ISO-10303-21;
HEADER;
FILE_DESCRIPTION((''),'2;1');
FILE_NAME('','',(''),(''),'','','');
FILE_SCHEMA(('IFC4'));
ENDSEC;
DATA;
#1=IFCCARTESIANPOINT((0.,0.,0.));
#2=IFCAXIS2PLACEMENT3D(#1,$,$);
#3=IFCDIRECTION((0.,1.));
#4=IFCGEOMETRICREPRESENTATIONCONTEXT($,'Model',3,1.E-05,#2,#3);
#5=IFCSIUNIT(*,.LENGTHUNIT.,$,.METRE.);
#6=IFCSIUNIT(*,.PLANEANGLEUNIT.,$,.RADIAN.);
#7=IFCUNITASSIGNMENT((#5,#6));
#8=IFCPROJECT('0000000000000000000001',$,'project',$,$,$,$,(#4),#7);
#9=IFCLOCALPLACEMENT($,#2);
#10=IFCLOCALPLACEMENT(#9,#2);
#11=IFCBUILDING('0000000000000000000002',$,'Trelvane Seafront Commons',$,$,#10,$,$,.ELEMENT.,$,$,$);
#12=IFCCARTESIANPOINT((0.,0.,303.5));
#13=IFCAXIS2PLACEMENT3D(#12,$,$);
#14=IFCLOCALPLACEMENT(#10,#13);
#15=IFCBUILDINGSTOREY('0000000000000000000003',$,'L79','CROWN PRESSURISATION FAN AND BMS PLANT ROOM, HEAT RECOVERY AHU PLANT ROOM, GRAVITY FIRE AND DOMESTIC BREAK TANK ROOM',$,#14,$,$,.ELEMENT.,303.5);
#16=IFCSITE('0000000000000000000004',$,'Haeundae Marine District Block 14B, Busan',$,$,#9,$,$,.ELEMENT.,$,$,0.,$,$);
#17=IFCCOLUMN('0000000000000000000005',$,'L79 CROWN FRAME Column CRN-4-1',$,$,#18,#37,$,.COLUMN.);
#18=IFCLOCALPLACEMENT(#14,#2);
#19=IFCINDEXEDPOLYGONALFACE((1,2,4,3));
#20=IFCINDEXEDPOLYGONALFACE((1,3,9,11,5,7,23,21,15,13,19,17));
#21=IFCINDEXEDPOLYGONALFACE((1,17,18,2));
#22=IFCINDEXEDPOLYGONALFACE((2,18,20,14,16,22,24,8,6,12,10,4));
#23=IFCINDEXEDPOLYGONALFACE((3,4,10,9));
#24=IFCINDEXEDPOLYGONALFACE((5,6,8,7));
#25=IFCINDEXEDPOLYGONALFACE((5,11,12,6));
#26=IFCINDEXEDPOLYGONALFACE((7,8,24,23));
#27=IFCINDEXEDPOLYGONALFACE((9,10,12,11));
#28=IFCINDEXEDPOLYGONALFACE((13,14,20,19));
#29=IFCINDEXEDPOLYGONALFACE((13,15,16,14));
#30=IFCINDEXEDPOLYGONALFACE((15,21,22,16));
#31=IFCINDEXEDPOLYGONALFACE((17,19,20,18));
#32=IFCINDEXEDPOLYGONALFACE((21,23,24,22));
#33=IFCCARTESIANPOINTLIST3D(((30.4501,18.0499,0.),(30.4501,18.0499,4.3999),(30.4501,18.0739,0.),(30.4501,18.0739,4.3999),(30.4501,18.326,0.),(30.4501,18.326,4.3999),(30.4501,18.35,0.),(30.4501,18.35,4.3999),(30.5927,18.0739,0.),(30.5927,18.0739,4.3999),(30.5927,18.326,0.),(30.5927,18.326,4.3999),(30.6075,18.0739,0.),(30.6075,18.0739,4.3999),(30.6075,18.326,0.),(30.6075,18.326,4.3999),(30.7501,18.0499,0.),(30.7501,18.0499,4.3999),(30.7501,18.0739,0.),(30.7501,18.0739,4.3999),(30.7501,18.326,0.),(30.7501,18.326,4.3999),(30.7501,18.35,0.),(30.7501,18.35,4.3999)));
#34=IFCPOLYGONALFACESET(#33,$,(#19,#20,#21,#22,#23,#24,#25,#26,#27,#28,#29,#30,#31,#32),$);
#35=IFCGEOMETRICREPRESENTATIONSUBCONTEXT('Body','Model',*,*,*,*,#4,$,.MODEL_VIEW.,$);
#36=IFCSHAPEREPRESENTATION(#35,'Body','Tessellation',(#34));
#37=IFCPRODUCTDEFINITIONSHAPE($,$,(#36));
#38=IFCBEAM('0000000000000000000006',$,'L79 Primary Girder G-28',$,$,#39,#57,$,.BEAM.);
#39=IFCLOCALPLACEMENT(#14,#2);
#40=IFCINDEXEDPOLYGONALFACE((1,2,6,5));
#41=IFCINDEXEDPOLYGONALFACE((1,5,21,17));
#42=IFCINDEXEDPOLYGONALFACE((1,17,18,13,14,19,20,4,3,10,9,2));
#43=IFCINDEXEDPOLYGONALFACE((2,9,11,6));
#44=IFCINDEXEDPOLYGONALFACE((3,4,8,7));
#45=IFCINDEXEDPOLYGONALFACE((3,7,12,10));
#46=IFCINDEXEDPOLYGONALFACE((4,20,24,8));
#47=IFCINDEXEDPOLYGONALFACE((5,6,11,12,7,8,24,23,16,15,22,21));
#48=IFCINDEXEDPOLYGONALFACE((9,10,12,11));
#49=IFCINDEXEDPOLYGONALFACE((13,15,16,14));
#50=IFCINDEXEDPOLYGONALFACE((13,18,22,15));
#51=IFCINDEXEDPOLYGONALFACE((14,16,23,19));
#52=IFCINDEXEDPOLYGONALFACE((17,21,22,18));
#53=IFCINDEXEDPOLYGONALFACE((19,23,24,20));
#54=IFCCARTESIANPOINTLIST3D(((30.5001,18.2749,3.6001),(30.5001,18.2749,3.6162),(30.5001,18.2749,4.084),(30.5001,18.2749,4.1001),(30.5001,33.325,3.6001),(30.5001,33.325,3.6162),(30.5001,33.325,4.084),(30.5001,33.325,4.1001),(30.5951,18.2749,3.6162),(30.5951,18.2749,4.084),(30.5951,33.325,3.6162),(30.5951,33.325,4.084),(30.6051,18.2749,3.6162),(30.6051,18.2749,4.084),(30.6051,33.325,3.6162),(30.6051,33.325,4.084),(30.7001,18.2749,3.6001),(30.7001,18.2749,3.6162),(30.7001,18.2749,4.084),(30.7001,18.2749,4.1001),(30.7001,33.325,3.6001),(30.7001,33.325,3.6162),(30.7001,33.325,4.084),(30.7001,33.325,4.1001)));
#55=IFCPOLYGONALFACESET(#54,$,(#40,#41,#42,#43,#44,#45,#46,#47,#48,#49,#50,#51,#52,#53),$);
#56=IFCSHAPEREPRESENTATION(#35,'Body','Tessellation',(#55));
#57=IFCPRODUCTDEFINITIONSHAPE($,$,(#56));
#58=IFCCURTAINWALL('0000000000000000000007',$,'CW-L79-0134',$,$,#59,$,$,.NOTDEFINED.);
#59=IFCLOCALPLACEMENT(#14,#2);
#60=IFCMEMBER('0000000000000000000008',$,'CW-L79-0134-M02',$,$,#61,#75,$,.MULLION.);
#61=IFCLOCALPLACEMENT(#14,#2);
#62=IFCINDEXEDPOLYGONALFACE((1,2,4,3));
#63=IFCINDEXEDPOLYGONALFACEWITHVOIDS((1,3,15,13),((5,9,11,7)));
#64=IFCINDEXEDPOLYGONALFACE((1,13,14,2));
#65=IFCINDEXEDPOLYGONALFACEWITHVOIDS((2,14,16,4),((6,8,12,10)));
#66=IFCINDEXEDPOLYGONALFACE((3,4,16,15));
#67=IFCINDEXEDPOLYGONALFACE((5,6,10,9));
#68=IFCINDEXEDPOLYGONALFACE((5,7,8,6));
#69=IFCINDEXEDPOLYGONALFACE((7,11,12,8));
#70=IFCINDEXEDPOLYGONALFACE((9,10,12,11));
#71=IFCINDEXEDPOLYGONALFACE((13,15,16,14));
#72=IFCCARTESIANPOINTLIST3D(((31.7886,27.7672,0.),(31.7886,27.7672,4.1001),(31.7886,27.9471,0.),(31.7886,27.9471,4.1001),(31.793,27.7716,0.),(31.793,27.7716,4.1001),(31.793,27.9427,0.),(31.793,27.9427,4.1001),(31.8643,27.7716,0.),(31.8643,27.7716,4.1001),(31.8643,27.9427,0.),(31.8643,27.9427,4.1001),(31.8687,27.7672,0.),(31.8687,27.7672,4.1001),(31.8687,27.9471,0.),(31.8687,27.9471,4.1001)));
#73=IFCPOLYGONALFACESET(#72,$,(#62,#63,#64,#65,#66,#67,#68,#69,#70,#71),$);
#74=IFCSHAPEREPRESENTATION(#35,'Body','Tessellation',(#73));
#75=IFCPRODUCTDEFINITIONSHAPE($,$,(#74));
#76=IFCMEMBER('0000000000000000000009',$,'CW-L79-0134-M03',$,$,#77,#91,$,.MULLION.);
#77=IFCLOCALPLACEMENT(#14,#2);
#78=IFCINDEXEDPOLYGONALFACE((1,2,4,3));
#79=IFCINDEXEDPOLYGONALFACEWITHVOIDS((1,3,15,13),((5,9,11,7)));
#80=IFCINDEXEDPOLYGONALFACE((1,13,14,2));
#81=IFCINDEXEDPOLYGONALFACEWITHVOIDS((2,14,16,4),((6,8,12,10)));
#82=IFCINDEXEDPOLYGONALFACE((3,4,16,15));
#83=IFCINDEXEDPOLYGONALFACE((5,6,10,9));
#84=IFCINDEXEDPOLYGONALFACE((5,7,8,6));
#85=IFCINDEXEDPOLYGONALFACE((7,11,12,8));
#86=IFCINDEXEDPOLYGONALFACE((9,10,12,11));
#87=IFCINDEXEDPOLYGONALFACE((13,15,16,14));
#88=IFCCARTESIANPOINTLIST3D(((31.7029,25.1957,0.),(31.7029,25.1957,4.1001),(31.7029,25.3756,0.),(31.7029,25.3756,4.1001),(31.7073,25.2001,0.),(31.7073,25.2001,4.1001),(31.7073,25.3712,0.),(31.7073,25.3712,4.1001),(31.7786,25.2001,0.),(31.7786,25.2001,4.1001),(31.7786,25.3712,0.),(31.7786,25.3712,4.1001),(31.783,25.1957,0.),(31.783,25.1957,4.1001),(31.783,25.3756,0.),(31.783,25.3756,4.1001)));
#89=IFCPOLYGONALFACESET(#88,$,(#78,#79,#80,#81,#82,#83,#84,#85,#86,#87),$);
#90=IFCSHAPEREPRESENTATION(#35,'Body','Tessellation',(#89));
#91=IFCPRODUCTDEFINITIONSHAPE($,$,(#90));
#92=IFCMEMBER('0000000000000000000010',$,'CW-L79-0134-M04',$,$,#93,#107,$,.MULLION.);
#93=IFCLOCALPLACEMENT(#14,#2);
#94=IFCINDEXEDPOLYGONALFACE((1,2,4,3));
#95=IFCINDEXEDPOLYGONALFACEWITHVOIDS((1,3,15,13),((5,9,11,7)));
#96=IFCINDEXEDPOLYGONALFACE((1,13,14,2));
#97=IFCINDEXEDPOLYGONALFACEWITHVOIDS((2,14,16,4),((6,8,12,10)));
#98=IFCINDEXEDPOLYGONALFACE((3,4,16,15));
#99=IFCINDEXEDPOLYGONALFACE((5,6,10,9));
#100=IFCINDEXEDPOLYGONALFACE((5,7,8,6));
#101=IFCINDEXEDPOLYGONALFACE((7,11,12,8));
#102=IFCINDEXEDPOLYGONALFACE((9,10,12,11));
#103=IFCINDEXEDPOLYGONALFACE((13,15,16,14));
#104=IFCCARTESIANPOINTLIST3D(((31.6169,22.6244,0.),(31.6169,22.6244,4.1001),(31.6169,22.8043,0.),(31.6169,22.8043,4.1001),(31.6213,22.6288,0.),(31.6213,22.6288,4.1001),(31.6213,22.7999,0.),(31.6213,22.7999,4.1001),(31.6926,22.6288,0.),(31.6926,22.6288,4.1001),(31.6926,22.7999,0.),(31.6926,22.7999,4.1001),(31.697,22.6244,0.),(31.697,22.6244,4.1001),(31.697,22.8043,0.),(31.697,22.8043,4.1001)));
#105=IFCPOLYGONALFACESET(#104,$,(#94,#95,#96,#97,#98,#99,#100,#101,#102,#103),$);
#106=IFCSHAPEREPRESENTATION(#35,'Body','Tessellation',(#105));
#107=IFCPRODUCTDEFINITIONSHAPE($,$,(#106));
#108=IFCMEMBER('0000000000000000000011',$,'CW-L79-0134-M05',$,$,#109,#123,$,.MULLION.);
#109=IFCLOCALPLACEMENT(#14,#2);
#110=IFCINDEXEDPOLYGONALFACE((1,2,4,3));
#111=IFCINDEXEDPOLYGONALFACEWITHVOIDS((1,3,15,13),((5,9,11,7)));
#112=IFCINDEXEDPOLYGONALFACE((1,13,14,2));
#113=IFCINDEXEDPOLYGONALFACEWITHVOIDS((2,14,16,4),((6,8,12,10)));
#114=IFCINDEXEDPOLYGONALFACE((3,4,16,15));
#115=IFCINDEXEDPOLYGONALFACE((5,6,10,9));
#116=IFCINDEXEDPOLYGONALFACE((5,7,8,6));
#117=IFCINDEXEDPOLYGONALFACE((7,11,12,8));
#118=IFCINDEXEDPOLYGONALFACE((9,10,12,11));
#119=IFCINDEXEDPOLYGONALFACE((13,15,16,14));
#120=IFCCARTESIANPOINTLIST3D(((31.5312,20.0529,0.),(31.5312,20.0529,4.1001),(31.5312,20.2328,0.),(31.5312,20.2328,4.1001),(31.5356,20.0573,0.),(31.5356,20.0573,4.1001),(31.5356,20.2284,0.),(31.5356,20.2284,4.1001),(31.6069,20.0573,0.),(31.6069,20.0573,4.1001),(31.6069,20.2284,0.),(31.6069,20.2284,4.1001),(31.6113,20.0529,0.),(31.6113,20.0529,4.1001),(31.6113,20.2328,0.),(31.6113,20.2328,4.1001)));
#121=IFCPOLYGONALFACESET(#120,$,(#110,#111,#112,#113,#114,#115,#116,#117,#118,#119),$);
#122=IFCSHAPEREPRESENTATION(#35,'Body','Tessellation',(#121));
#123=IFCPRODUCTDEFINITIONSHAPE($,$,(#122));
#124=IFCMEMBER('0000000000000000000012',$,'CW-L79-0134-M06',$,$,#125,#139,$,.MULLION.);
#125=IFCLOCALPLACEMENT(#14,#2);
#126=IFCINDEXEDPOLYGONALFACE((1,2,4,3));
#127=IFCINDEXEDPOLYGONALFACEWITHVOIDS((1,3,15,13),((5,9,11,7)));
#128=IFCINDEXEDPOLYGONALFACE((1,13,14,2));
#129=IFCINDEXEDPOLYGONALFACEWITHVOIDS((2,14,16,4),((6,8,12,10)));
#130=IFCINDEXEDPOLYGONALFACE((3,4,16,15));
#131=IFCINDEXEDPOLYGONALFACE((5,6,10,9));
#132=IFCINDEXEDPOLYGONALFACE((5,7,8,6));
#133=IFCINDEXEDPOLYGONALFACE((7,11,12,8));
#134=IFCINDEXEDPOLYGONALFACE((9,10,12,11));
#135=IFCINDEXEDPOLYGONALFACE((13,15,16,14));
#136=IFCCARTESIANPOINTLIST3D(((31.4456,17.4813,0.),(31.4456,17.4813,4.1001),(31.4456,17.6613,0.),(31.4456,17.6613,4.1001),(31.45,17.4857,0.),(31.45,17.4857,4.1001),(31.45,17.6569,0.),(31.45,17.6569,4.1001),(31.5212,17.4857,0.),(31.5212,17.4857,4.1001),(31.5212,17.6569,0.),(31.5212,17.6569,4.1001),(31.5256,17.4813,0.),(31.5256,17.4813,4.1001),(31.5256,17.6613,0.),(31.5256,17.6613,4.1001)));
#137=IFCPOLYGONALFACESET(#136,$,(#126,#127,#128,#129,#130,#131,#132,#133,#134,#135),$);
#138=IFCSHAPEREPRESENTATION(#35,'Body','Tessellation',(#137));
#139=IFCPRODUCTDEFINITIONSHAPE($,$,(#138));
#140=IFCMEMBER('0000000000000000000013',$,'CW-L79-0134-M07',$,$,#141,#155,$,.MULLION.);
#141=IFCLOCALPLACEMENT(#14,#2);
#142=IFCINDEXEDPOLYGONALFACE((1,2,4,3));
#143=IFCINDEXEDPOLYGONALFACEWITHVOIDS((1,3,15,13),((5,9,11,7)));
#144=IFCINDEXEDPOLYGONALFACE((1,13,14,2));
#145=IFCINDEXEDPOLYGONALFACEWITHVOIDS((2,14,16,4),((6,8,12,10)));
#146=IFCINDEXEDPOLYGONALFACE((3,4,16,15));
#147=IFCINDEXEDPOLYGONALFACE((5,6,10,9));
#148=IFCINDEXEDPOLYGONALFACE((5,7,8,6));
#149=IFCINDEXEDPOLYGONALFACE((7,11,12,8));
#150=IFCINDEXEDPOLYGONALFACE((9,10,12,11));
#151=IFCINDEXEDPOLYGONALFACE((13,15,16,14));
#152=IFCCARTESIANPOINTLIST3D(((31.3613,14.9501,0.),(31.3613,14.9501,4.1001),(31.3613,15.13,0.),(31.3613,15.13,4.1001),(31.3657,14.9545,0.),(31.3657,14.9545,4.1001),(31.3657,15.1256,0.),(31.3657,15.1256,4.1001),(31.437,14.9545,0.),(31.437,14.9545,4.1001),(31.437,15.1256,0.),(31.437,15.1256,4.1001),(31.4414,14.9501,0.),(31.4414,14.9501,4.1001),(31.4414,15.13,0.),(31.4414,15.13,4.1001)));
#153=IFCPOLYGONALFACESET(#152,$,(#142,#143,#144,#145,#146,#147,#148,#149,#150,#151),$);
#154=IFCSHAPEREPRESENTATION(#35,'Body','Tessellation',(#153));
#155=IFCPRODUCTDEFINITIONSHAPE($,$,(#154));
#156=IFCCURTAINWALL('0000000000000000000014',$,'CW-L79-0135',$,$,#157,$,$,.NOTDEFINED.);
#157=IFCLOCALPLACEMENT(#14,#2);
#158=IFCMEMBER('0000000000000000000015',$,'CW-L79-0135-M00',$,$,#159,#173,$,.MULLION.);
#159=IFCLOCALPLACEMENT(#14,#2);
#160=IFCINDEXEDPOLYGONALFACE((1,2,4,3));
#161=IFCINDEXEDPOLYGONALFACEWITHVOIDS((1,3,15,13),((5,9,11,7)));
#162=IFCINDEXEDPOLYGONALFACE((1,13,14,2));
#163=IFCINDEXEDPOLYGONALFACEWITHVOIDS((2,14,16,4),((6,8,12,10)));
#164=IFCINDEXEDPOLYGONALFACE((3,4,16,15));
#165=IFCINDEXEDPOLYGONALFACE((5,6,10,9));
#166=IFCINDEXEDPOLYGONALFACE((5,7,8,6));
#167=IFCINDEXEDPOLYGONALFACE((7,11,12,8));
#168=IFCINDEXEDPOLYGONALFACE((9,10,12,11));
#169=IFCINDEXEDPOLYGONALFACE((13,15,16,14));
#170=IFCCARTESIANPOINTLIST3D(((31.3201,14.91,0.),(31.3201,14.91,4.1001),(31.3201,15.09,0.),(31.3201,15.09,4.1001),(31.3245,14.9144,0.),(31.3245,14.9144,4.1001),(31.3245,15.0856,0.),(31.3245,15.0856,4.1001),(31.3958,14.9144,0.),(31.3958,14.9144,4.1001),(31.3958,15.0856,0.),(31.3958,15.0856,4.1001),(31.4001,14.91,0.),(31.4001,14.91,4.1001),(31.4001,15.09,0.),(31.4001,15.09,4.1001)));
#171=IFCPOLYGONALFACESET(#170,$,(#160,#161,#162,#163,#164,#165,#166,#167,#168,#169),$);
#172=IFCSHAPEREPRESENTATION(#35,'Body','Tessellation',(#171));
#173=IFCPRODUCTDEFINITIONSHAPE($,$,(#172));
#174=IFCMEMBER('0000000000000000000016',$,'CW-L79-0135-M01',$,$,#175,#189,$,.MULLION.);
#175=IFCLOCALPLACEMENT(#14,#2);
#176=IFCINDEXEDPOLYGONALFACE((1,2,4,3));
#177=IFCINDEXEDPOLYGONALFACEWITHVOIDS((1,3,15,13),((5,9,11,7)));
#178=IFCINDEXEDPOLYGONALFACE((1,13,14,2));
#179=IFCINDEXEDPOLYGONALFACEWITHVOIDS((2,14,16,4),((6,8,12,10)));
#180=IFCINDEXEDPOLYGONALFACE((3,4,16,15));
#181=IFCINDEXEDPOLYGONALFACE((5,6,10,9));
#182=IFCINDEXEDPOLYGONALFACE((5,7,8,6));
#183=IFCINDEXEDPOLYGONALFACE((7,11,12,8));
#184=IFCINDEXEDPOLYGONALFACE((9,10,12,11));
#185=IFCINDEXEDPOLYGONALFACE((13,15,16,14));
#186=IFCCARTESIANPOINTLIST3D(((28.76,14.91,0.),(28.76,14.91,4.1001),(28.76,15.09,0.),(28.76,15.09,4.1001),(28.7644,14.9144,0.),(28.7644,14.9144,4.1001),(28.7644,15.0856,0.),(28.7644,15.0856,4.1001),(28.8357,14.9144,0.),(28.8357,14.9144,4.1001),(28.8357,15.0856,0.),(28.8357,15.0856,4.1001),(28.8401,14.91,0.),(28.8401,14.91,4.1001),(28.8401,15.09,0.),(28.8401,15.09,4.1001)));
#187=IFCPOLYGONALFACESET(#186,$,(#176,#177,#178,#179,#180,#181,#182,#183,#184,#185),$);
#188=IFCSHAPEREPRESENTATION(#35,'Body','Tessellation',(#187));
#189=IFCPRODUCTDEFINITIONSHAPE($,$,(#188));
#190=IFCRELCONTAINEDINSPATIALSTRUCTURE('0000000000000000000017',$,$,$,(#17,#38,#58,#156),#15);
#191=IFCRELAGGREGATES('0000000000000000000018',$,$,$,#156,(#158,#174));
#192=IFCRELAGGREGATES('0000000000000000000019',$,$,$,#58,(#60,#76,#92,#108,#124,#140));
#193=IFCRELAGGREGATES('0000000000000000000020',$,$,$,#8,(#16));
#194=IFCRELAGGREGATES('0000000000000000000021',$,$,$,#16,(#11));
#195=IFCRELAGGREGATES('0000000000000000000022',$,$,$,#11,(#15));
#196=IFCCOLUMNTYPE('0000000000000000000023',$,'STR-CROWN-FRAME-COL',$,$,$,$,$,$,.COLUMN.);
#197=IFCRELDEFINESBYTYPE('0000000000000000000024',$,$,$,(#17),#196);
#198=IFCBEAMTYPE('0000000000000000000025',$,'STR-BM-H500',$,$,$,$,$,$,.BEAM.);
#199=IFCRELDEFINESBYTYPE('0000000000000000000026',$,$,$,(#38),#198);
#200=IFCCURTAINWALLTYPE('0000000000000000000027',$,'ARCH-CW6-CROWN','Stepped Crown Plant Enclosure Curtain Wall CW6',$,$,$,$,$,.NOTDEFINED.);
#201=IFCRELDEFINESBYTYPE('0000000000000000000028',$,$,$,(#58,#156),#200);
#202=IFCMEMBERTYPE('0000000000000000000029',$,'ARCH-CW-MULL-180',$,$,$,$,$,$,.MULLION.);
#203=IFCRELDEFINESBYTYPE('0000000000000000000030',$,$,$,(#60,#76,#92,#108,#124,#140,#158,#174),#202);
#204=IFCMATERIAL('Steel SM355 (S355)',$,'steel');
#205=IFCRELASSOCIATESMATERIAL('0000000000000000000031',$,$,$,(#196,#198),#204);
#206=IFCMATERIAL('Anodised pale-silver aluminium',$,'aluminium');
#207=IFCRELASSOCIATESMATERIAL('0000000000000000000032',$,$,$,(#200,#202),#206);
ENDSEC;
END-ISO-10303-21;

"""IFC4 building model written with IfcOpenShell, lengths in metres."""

from ifc_helpers import new_model, si_unit, direction, frame, origin, origin_2d, place, context, subcontext, project, spatial, hollow_rectangle, i_section, extrude, source, transform, mapped, material, material_profile, profile_set, type_object, element, aggregate, save


model = new_model("IFC4")

# Units and contexts
model_context = context("Model", 3, precision=1e-05, world=origin(), true_north=direction((0.0, 1.0)))
body_context = subcontext(model_context, "Body", "Model", "MODEL_VIEW")
ifc_project = project(units=[si_unit("LENGTHUNIT", "METRE"), si_unit("PLANEANGLEUNIT", "RADIAN")], contexts=[model_context])

# Site, building, storey
site_placement = place(None, origin())
site = spatial("IfcSite", under=ifc_project, at=site_placement, Name="Haeundae Marine District Block 14B, Busan", CompositionType="ELEMENT", RefElevation=0.0)
building_placement = place(site_placement, origin())
building = spatial("IfcBuilding", under=site, at=building_placement, Name="Trelvane Seafront Commons", CompositionType="ELEMENT")
storey_placement = place(building_placement, frame((0.0, 0.0, 303.5)))
storey = spatial("IfcBuildingStorey", under=building, at=storey_placement, Name="L79", Description="CROWN PRESSURISATION FAN AND BMS PLANT ROOM, HEAT RECOVERY AHU PLANT ROOM, GRAVITY FIRE AND DOMESTIC BREAK TANK ROOM", CompositionType="ELEMENT", Elevation=303.5)

# Column
ifc_material_1 = material(Name="Steel SM355 (S355)", Category="steel")
ifc_material_profile_1 = material_profile(ifc_material_1, i_section(OverallWidth=0.3, OverallDepth=0.3, WebThickness=0.0149, FlangeThickness=0.0239, at=origin_2d()), Name="HD-300x300x15x24")
ifc_profile_set_1 = profile_set([ifc_material_profile_1], Name="Steel SM355 (S355)")
column_type = type_object("IfcColumnType", Name="STR-CROWN-FRAME-COL", PredefinedType="COLUMN", material=ifc_profile_set_1)
shared_shape_1 = source(origin(), body_context, "Body", "SweptSolid", [
    extrude(i_section(OverallWidth=0.3, OverallDepth=0.3, WebThickness=0.0149, FlangeThickness=0.0239, at=origin_2d()), origin(), (0.0, 0.0, 1.0), 4.3999),
])
column_placement = place(storey_placement, frame((30.6001, 18.2, 0.0), z_axis=(0.0, 0.0, 1.0), x_axis=(1.0, 0.0, 0.0)))
element("IfcColumn", 1, at=column_placement, inside=storey, type_object=column_type, Name="L79 CROWN FRAME Column CRN-4-1", PredefinedType="COLUMN", context=body_context, shape_type="MappedRepresentation", body=[
    mapped(shared_shape_1, transform((0.0, 0.0, 0.0), x_axis=(1.0, 0.0, 0.0), y_axis=(0.0, 1.0, 0.0), z_axis=(0.0, 0.0, 1.0), scale=1.0)),
])

# Beam
ifc_material_profile_2 = material_profile(ifc_material_1, i_section(OverallWidth=0.2, OverallDepth=0.5, WebThickness=0.01, FlangeThickness=0.0161, at=origin_2d()), Name="H-500x200x10x16")
ifc_profile_set_2 = profile_set([ifc_material_profile_2], Name="Steel SM355 (S355)")
beam_type = type_object("IfcBeamType", Name="STR-BM-H500", PredefinedType="BEAM", material=ifc_profile_set_2)
shared_shape_2 = source(origin(), body_context, "Body", "SweptSolid", [
    extrude(i_section(OverallWidth=0.2, OverallDepth=0.5, WebThickness=0.01, FlangeThickness=0.0161, at=origin_2d()), origin(), (0.0, 0.0, 1.0), 15.05),
])
beam_placement = place(storey_placement, frame((30.6001, 18.2749, 3.8501), z_axis=(0.0, 1.0, 0.0), x_axis=(-1.0, 0.0, 0.0)))
element("IfcBeam", 2, at=beam_placement, inside=storey, type_object=beam_type, Name="L79 Primary Girder G-28", PredefinedType="BEAM", context=body_context, shape_type="MappedRepresentation", body=[
    mapped(shared_shape_2, transform((0.0, 0.0, 0.0), x_axis=(1.0, 0.0, 0.0), y_axis=(0.0, 1.0, 0.0), z_axis=(0.0, 0.0, 1.0), scale=1.0)),
])

# Curtain walls, members
ifc_material_2 = material(Name="Anodised pale-silver aluminium", Category="aluminium")
curtain_wall_type = type_object("IfcCurtainWallType", Name="ARCH-CW6-CROWN", Description="Stepped Crown Plant Enclosure Curtain Wall CW6", PredefinedType="NOTDEFINED", material=ifc_material_2)
curtain_wall_1_placement = place(storey_placement, origin())
curtain_wall_1 = element("IfcCurtainWall", 3, at=curtain_wall_1_placement, inside=storey, type_object=curtain_wall_type, Name="CW-L79-0134", PredefinedType="NOTDEFINED")
ifc_material_profile_3 = material_profile(ifc_material_2, hollow_rectangle(XDim=0.0801, YDim=0.1799, WallThickness=0.0044, at=origin_2d()), Name="MULL-80x180x4.5")
ifc_profile_set_3 = profile_set([ifc_material_profile_3], Name="Anodised pale-silver aluminium")
member_type_1 = type_object("IfcMemberType", Name="ARCH-CW-MULL-180", PredefinedType="MULLION", material=ifc_profile_set_3)
shared_shape_3 = source(origin(), body_context, "Body", "SweptSolid", [
    extrude(hollow_rectangle(XDim=0.0801, YDim=0.1799, WallThickness=0.0044, at=origin_2d()), origin(), (0.0, 0.0, 1.0), 4.1001),
])
member_1_placement = place(storey_placement, frame((31.8286, 27.8572, 0.0), z_axis=(0.0, 0.0, 1.0), x_axis=(1.0, 0.0, 0.0)))
member_1 = element("IfcMember", 4, at=member_1_placement, type_object=member_type_1, Name="CW-L79-0134-M02", PredefinedType="MULLION", context=body_context, shape_type="MappedRepresentation", body=[
    mapped(shared_shape_3, transform((0.0, 0.0, 0.0), x_axis=(1.0, 0.0, 0.0), y_axis=(0.0, 1.0, 0.0), z_axis=(0.0, 0.0, 1.0), scale=1.0)),
])
member_2_placement = place(storey_placement, frame((31.7429, 25.2856, 0.0), z_axis=(0.0, 0.0, 1.0), x_axis=(1.0, 0.0, 0.0)))
member_2 = element("IfcMember", 5, at=member_2_placement, type_object=member_type_1, Name="CW-L79-0134-M03", PredefinedType="MULLION", context=body_context, shape_type="MappedRepresentation", body=[
    mapped(shared_shape_3, transform((0.0, 0.0, 0.0), x_axis=(1.0, 0.0, 0.0), y_axis=(0.0, 1.0, 0.0), z_axis=(0.0, 0.0, 1.0), scale=1.0)),
])
member_3_placement = place(storey_placement, frame((31.657, 22.7144, 0.0), z_axis=(0.0, 0.0, 1.0), x_axis=(1.0, 0.0, 0.0)))
member_3 = element("IfcMember", 6, at=member_3_placement, type_object=member_type_1, Name="CW-L79-0134-M04", PredefinedType="MULLION", context=body_context, shape_type="MappedRepresentation", body=[
    mapped(shared_shape_3, transform((0.0, 0.0, 0.0), x_axis=(1.0, 0.0, 0.0), y_axis=(0.0, 1.0, 0.0), z_axis=(0.0, 0.0, 1.0), scale=1.0)),
])
member_4_placement = place(storey_placement, frame((31.5713, 20.1428, 0.0), z_axis=(0.0, 0.0, 1.0), x_axis=(1.0, 0.0, 0.0)))
member_4 = element("IfcMember", 7, at=member_4_placement, type_object=member_type_1, Name="CW-L79-0134-M05", PredefinedType="MULLION", context=body_context, shape_type="MappedRepresentation", body=[
    mapped(shared_shape_3, transform((0.0, 0.0, 0.0), x_axis=(1.0, 0.0, 0.0), y_axis=(0.0, 1.0, 0.0), z_axis=(0.0, 0.0, 1.0), scale=1.0)),
])
member_5_placement = place(storey_placement, frame((31.4856, 17.5713, 0.0), z_axis=(0.0, 0.0, 1.0), x_axis=(1.0, 0.0, 0.0)))
member_5 = element("IfcMember", 8, at=member_5_placement, type_object=member_type_1, Name="CW-L79-0134-M06", PredefinedType="MULLION", context=body_context, shape_type="MappedRepresentation", body=[
    mapped(shared_shape_3, transform((0.0, 0.0, 0.0), x_axis=(1.0, 0.0, 0.0), y_axis=(0.0, 1.0, 0.0), z_axis=(0.0, 0.0, 1.0), scale=1.0)),
])
member_6_placement = place(storey_placement, frame((31.4014, 15.04, 0.0), z_axis=(0.0, 0.0, 1.0), x_axis=(1.0, 0.0, 0.0)))
member_6 = element("IfcMember", 9, at=member_6_placement, type_object=member_type_1, Name="CW-L79-0134-M07", PredefinedType="MULLION", context=body_context, shape_type="MappedRepresentation", body=[
    mapped(shared_shape_3, transform((0.0, 0.0, 0.0), x_axis=(1.0, 0.0, 0.0), y_axis=(0.0, 1.0, 0.0), z_axis=(0.0, 0.0, 1.0), scale=1.0)),
])
curtain_wall_2_placement = place(storey_placement, origin())
curtain_wall_2 = element("IfcCurtainWall", 10, at=curtain_wall_2_placement, inside=storey, type_object=curtain_wall_type, Name="CW-L79-0135", PredefinedType="NOTDEFINED")
member_7_placement = place(storey_placement, frame((31.3601, 15.0, 0.0), z_axis=(0.0, 0.0, 1.0), x_axis=(1.0, 0.0, 0.0)))
member_7 = element("IfcMember", 11, at=member_7_placement, type_object=member_type_1, Name="CW-L79-0135-M00", PredefinedType="MULLION", context=body_context, shape_type="MappedRepresentation", body=[
    mapped(shared_shape_3, transform((0.0, 0.0, 0.0), x_axis=(1.0, 0.0, 0.0), y_axis=(0.0, 1.0, 0.0), z_axis=(0.0, 0.0, 1.0), scale=1.0)),
])
member_8_placement = place(storey_placement, frame((28.8, 15.0, 0.0), z_axis=(0.0, 0.0, 1.0), x_axis=(1.0, 0.0, 0.0)))
member_8 = element("IfcMember", 12, at=member_8_placement, type_object=member_type_1, Name="CW-L79-0135-M01", PredefinedType="MULLION", context=body_context, shape_type="MappedRepresentation", body=[
    mapped(shared_shape_3, transform((0.0, 0.0, 0.0), x_axis=(1.0, 0.0, 0.0), y_axis=(0.0, 1.0, 0.0), z_axis=(0.0, 0.0, 1.0), scale=1.0)),
])

aggregate(curtain_wall_2, [member_7, member_8])
aggregate(curtain_wall_1, [member_1, member_2, member_3, member_4, member_5, member_6])

save(model, "model.ifc")
